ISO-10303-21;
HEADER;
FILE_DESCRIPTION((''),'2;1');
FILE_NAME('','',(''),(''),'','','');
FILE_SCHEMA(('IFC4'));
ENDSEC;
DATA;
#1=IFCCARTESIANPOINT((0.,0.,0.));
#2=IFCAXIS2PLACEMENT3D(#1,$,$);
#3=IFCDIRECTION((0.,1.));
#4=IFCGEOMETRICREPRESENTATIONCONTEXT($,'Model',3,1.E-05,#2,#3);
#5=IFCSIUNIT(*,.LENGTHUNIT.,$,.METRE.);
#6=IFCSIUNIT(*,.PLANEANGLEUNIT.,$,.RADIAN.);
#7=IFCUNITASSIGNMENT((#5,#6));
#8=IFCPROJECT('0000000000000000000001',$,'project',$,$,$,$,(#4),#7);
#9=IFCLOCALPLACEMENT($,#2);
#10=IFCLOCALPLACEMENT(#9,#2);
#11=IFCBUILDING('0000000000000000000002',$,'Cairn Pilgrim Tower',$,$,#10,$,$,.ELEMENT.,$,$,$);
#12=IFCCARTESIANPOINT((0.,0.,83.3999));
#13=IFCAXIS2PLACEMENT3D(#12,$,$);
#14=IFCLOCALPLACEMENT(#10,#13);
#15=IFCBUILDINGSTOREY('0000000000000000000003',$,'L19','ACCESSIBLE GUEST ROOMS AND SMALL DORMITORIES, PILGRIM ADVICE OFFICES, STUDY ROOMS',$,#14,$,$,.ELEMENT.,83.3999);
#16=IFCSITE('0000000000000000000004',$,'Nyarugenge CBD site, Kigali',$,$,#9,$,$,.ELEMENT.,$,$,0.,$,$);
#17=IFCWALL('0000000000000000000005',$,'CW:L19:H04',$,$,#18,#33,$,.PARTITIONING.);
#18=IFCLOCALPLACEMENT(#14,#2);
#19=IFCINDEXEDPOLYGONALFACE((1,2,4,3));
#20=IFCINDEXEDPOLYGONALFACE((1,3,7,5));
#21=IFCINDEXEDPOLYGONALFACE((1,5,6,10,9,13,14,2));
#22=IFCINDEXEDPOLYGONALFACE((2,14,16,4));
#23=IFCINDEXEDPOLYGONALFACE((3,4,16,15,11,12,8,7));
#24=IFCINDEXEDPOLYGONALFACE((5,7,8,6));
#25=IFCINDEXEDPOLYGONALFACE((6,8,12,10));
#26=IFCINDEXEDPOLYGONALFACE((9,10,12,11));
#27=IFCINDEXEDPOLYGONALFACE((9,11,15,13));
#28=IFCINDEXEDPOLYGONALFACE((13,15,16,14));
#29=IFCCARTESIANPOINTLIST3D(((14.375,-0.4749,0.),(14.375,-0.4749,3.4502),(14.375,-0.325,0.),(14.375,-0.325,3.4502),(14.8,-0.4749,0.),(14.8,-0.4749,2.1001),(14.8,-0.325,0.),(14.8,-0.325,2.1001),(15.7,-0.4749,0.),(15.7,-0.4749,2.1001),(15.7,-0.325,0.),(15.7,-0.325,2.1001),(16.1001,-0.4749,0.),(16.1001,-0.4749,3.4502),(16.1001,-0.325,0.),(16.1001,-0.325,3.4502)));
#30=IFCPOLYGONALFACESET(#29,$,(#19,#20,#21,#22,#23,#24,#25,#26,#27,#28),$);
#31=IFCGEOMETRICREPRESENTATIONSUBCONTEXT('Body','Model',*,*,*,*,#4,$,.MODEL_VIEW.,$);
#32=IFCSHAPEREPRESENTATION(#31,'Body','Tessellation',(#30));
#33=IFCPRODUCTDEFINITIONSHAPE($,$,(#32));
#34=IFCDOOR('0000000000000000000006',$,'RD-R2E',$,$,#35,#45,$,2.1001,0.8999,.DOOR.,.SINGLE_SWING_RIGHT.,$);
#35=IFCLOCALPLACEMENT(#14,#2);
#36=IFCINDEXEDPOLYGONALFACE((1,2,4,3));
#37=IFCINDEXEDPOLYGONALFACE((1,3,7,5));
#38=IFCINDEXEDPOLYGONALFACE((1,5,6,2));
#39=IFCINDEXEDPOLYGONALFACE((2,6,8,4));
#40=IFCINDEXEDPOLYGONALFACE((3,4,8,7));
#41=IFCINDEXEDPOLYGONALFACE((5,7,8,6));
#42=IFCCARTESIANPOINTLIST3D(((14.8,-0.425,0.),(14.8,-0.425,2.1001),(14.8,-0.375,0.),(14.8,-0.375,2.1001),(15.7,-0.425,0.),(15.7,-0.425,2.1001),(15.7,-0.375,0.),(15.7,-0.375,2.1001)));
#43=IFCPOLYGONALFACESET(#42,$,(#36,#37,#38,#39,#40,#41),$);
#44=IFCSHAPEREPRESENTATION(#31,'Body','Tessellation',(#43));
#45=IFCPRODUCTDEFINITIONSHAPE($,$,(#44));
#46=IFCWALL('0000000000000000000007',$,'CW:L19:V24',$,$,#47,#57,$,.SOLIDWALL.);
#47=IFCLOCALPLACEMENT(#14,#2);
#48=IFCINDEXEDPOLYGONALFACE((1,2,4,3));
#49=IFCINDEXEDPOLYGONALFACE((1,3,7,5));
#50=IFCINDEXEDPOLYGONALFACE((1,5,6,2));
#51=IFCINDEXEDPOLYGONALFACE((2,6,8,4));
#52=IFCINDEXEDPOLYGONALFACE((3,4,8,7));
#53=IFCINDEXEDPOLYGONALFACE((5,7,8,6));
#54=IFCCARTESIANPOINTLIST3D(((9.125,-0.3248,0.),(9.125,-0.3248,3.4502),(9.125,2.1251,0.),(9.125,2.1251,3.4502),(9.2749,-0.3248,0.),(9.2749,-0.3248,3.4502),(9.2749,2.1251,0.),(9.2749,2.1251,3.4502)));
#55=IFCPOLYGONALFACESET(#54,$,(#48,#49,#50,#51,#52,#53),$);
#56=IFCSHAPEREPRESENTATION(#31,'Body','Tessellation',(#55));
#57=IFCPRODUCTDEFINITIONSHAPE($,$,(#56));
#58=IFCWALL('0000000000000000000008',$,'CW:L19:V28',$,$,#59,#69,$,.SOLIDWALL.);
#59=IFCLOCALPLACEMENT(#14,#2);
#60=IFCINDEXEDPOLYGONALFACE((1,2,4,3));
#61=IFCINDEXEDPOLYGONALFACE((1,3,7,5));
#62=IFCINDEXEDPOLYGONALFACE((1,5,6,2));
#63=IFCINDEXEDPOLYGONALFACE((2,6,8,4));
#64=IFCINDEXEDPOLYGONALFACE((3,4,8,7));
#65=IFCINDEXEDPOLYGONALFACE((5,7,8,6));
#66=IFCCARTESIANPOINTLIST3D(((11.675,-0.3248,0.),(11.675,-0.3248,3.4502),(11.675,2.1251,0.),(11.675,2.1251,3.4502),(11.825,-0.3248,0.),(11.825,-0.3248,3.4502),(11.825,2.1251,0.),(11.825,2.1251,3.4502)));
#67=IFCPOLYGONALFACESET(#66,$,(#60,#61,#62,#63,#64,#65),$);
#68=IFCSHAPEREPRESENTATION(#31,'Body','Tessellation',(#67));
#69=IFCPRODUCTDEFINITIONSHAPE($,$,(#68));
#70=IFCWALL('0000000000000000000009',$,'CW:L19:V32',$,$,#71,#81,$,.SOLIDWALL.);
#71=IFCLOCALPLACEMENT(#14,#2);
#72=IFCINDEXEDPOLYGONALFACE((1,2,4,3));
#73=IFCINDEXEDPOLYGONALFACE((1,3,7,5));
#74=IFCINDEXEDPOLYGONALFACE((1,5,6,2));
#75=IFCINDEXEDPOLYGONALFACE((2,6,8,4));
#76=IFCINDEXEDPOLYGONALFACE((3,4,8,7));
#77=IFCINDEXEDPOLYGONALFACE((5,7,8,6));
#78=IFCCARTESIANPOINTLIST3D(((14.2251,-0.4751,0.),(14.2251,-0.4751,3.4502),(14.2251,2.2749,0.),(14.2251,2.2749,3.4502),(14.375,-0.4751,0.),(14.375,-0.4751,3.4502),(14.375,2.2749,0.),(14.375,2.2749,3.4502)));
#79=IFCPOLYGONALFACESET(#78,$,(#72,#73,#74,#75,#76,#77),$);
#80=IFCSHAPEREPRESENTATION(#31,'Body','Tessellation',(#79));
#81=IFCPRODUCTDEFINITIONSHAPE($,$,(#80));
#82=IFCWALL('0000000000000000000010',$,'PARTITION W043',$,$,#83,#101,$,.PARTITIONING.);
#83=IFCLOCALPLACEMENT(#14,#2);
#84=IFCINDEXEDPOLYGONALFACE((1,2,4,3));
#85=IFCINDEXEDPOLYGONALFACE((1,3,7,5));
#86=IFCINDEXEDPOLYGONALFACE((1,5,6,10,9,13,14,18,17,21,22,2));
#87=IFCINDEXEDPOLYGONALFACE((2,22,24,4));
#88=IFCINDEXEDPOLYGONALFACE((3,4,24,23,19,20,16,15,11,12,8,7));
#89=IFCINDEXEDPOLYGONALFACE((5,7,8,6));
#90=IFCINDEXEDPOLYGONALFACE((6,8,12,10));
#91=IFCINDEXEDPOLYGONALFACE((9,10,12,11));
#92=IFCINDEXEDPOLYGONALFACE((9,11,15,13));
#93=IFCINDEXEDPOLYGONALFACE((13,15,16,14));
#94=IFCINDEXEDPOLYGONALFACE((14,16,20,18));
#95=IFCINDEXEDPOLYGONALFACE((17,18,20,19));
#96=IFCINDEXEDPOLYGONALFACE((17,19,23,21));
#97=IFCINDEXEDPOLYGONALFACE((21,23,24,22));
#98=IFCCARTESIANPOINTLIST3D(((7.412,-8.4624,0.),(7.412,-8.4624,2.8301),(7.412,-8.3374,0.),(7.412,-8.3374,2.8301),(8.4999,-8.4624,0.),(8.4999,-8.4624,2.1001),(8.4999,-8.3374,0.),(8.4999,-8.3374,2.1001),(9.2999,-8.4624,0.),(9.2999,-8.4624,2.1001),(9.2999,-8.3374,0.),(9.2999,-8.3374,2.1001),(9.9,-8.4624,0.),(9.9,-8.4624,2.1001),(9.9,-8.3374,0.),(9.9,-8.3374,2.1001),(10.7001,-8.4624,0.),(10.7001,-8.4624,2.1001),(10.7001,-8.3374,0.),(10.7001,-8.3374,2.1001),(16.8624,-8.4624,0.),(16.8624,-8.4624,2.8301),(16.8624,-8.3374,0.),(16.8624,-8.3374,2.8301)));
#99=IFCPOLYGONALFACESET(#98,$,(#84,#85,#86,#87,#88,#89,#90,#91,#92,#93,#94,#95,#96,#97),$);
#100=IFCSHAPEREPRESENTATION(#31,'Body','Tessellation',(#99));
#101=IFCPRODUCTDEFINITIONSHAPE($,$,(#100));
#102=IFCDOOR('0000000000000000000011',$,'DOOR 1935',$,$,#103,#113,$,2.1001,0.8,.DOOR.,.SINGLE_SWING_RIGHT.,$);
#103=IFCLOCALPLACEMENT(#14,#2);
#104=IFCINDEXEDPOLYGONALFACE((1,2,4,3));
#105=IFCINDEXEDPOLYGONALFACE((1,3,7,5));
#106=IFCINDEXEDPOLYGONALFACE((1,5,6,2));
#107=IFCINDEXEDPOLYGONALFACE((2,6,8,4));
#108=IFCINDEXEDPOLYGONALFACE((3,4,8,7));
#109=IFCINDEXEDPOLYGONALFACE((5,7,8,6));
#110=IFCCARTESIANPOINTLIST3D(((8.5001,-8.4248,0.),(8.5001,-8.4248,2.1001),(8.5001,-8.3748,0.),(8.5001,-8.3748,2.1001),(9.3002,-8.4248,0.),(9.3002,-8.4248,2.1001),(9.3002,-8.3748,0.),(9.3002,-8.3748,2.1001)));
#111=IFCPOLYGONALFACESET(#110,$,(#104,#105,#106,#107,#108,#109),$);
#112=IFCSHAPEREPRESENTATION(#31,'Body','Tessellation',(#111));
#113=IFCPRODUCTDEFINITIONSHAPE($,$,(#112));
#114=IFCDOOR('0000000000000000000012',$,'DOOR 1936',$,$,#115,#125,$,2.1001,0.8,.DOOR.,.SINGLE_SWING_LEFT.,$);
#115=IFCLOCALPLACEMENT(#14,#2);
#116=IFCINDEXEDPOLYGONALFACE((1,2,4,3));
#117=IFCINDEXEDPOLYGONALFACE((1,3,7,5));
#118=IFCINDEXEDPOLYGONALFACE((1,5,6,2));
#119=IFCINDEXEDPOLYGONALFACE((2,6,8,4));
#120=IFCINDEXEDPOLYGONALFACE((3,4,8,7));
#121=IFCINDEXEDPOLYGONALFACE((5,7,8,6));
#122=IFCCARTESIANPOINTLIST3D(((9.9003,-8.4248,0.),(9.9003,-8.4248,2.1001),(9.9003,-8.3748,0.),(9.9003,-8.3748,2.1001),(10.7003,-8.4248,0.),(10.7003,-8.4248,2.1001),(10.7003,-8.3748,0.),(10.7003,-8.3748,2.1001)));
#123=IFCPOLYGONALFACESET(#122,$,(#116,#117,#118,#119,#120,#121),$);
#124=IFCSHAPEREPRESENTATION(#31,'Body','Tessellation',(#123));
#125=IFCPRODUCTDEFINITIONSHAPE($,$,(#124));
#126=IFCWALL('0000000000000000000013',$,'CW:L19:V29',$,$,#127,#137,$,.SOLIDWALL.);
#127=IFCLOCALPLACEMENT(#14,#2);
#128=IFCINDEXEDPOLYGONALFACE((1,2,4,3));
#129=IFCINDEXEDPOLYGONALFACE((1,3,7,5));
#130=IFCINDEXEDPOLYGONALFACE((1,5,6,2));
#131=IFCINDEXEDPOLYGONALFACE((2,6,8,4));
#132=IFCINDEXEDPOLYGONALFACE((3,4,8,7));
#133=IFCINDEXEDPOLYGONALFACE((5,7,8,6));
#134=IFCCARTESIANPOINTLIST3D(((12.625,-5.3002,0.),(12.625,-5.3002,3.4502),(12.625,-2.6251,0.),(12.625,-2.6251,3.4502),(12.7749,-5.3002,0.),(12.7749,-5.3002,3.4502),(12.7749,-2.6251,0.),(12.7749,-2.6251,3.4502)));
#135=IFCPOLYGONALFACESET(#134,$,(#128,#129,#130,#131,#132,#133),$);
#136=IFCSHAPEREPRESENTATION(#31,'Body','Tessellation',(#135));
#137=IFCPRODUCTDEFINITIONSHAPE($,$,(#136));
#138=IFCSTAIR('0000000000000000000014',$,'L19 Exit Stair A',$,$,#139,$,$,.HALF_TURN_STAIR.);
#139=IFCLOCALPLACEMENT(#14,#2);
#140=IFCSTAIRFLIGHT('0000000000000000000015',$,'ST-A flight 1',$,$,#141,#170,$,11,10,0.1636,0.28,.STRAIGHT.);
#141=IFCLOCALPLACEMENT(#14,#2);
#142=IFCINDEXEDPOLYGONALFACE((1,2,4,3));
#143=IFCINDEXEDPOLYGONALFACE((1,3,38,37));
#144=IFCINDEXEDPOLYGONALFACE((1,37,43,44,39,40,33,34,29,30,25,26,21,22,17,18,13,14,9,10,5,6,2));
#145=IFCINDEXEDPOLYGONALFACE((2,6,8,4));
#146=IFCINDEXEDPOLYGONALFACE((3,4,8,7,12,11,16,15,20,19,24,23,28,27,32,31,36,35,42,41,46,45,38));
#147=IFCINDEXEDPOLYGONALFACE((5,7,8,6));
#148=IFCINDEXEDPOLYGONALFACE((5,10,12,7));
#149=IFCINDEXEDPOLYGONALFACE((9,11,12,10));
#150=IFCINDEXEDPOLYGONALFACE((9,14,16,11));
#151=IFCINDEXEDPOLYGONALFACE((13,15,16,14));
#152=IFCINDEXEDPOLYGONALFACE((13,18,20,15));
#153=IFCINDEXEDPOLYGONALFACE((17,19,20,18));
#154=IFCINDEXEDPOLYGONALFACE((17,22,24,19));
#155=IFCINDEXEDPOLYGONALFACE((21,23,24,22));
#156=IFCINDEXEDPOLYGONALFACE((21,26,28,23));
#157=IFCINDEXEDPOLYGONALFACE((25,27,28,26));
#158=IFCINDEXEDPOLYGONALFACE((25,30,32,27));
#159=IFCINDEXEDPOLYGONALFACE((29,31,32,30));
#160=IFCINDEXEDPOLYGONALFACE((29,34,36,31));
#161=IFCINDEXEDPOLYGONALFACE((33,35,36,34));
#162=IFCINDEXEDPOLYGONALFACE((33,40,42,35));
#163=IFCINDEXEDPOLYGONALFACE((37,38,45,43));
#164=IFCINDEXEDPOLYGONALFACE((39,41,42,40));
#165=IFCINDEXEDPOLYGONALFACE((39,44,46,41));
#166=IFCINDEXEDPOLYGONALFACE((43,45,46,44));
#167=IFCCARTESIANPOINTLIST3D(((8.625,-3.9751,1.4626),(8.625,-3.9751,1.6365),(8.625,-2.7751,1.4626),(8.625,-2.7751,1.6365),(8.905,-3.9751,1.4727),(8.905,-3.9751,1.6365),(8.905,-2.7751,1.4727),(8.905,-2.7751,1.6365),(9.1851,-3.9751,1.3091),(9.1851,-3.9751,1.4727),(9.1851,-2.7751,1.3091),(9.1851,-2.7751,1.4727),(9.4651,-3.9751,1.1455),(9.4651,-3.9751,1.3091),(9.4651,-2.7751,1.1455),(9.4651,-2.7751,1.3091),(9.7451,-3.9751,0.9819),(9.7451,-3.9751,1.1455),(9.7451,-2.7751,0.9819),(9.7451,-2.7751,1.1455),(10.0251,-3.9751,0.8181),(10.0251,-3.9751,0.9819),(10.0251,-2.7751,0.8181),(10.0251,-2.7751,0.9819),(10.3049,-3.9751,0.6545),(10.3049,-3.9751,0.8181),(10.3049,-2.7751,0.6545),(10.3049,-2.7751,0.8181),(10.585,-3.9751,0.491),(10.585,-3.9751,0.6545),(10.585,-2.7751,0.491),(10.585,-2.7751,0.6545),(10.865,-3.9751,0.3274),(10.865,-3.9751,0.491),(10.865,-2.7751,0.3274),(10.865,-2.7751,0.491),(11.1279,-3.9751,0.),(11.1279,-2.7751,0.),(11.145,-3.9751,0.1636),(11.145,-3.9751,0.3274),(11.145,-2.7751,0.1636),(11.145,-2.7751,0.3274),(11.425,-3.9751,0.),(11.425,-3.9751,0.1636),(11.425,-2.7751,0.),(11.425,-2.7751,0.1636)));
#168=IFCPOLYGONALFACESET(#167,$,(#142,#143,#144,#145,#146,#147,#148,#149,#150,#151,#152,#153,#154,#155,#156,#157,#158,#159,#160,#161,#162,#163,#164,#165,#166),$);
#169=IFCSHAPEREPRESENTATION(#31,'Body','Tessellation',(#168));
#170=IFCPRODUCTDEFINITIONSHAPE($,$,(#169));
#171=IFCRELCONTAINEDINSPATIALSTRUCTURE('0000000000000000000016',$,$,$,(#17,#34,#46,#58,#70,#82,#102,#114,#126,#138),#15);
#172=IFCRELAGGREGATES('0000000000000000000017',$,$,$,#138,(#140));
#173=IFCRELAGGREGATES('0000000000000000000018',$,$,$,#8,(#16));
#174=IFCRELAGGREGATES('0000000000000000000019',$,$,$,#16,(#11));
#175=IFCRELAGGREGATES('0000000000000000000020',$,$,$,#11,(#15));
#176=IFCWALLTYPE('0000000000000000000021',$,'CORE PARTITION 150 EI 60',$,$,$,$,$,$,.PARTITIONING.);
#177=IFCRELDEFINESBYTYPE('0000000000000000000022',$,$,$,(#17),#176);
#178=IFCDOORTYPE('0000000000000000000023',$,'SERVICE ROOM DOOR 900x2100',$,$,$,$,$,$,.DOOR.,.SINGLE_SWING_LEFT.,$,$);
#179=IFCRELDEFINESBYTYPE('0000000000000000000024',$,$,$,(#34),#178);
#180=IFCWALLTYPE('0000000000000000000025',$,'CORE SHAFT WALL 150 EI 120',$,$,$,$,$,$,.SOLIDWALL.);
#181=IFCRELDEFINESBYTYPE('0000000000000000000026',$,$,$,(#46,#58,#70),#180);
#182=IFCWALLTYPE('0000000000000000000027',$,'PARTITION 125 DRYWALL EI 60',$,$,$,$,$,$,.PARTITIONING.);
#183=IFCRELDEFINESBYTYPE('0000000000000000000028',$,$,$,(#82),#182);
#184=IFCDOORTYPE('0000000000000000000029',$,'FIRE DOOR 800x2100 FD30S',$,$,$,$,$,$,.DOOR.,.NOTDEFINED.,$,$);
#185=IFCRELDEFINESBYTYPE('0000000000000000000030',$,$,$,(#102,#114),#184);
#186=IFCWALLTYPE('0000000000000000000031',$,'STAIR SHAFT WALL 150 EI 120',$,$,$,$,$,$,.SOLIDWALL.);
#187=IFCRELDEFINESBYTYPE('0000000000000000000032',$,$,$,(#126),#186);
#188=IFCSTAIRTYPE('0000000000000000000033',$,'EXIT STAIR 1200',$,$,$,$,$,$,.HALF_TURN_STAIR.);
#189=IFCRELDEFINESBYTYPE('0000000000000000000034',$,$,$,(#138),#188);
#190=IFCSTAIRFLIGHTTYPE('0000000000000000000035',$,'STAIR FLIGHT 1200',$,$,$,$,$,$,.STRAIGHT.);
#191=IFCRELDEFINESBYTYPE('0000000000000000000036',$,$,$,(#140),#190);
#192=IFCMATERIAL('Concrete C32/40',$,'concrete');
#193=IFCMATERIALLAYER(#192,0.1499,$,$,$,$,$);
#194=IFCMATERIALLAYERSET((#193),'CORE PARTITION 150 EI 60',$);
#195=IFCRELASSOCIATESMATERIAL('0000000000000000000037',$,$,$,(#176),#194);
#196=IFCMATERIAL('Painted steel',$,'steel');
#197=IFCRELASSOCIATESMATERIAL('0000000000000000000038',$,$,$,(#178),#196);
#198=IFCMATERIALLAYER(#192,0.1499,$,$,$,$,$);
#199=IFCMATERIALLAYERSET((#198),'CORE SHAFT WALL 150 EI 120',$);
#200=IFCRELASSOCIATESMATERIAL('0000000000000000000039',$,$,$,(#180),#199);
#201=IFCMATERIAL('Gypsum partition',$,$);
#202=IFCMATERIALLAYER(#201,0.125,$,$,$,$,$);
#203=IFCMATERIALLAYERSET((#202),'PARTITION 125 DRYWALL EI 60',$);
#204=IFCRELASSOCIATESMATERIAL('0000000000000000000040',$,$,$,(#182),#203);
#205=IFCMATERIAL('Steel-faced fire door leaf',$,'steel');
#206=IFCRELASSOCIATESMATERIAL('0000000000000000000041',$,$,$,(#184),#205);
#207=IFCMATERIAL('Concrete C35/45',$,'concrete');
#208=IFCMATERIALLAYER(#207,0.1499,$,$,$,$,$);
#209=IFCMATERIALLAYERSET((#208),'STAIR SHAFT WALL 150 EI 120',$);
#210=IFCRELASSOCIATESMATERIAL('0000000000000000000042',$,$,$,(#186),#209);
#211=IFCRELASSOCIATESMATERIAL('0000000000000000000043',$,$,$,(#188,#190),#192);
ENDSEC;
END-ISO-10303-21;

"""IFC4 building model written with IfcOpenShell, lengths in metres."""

from ifc_helpers import new_model, si_unit, direction, frame, frame_2d, origin, place, context, subcontext, project, spatial, polyline, rectangle, outline, extrude, material, layer, layer_set, type_object, element, fill, aggregate, save


model = new_model("IFC4")

# Units and contexts
model_context = context("Model", 3, precision=1e-05, world=origin(), true_north=direction((0.0, 1.0)))
body_context = subcontext(model_context, "Body", "Model", "MODEL_VIEW")
ifc_project = project(units=[si_unit("LENGTHUNIT", "METRE"), si_unit("PLANEANGLEUNIT", "RADIAN")], contexts=[model_context])

# Site, building, storey
site_placement = place(None, origin())
site = spatial("IfcSite", under=ifc_project, at=site_placement, Name="Nyarugenge CBD site, Kigali", CompositionType="ELEMENT", RefElevation=0.0)
building_placement = place(site_placement, origin())
building = spatial("IfcBuilding", under=site, at=building_placement, Name="Cairn Pilgrim Tower", CompositionType="ELEMENT")
storey_placement = place(building_placement, frame((0.0, 0.0, 83.3999)))
storey = spatial("IfcBuildingStorey", under=building, at=storey_placement, Name="L19", Description="ACCESSIBLE GUEST ROOMS AND SMALL DORMITORIES, PILGRIM ADVICE OFFICES, STUDY ROOMS", CompositionType="ELEMENT", Elevation=83.3999)

# Shared definitions
ifc_material_1 = material(Name="Concrete C32/40", Category="concrete")

# Shared definitions
ifc_material_2 = material(Name="Painted steel", Category="steel")

# Wall, opening, door
ifc_layer_1 = layer(ifc_material_1, 0.1499)
ifc_layer_set_1 = layer_set([ifc_layer_1], Name="CORE PARTITION 150 EI 60")
wall_type_1 = type_object("IfcWallType", Name="CORE PARTITION 150 EI 60", PredefinedType="PARTITIONING", material=ifc_layer_set_1)
wall_1_placement = place(storey_placement, frame((14.375, -0.3999, 0.0), z_axis=(0.0, 0.0, 1.0), x_axis=(1.0, 0.0, 0.0)))
wall_1 = element("IfcWall", 1, at=wall_1_placement, inside=storey, type_object=wall_type_1, Name="CW:L19:H04", PredefinedType="PARTITIONING", context=body_context, shape_type="SweptSolid", body=[
    extrude(rectangle(XDim=1.7251, YDim=0.1499, at=frame_2d((0.8625, 0.0))), origin(), (0.0, 0.0, 1.0), 3.4502),
])
opening_1_placement = place(wall_1_placement, frame((0.425, 0.0, 0.0)))
opening_1 = element("IfcOpeningElement", 2, at=opening_1_placement, cuts=wall_1, PredefinedType="OPENING", context=body_context, shape_type="SweptSolid", body=[
    extrude(rectangle(XDim=0.8999, YDim=2.1001, at=frame_2d((0.45, 1.05))), frame((0.0, 0.085, 0.0), z_axis=(0.0, -1.0, 0.0), x_axis=(1.0, 0.0, 0.0)), (0.0, 0.0, 1.0), 0.1699),
])
door_type_1 = type_object("IfcDoorType", Name="SERVICE ROOM DOOR 900x2100", OperationType="SINGLE_SWING_LEFT", PredefinedType="DOOR", material=ifc_material_2)
door_1_placement = place(opening_1_placement, origin())
door_1 = element("IfcDoor", 3, at=door_1_placement, inside=storey, type_object=door_type_1, Name="RD-R2E", OperationType="SINGLE_SWING_RIGHT", OverallHeight=2.1001, OverallWidth=0.8999, PredefinedType="DOOR", context=body_context, shape_type="SweptSolid", body=[
    extrude(rectangle(XDim=0.8999, YDim=2.1001, at=frame_2d((0.45, 1.05))), frame((0.0, 0.0249, 0.0), z_axis=(0.0, -1.0, 0.0), x_axis=(1.0, 0.0, 0.0)), (0.0, 0.0, 1.0), 0.05),
])
fill(opening_1, door_1)

# Walls
ifc_layer_2 = layer(ifc_material_1, 0.1499)
ifc_layer_set_2 = layer_set([ifc_layer_2], Name="CORE SHAFT WALL 150 EI 120")
wall_type_2 = type_object("IfcWallType", Name="CORE SHAFT WALL 150 EI 120", PredefinedType="SOLIDWALL", material=ifc_layer_set_2)
for number, where, z_axis, x_axis, name in (
    (4, (9.2, -0.325, 0.0), (0.0, 0.0, 1.0), (0.0, 1.0, 0.0), "CW:L19:V24"),
    (5, (11.75, -0.325, 0.0), (0.0, 0.0, 1.0), (0.0, 1.0, 0.0), "CW:L19:V28"),
):
    element("IfcWall", number, at=place(storey_placement, frame(where, z_axis=z_axis, x_axis=x_axis)), inside=storey, type_object=wall_type_2, Name=name, PredefinedType="SOLIDWALL", context=body_context, shape_type="SweptSolid", body=[
        extrude(rectangle(XDim=2.45, YDim=0.1499, at=frame_2d((1.2251, 0.0))), origin(), (0.0, 0.0, 1.0), 3.4502),
    ])
wall_2_placement = place(storey_placement, frame((14.3, -0.4751, 0.0), z_axis=(0.0, 0.0, 1.0), x_axis=(0.0, 1.0, 0.0)))
element("IfcWall", 6, at=wall_2_placement, inside=storey, type_object=wall_type_2, Name="CW:L19:V32", PredefinedType="SOLIDWALL", context=body_context, shape_type="SweptSolid", body=[
    extrude(rectangle(XDim=2.75, YDim=0.1499, at=frame_2d((1.375, 0.0))), origin(), (0.0, 0.0, 1.0), 3.4502),
])

# Wall, openings, doors
ifc_material_3 = material(Name="Gypsum partition")
ifc_layer_3 = layer(ifc_material_3, 0.125)
ifc_layer_set_3 = layer_set([ifc_layer_3], Name="PARTITION 125 DRYWALL EI 60")
wall_type_3 = type_object("IfcWallType", Name="PARTITION 125 DRYWALL EI 60", PredefinedType="PARTITIONING", material=ifc_layer_set_3)
wall_3_placement = place(storey_placement, frame((7.4121, -8.3999, 0.0), z_axis=(0.0, 0.0, 1.0), x_axis=(1.0, 0.0, 0.0)))
wall_3 = element("IfcWall", 7, at=wall_3_placement, inside=storey, type_object=wall_type_3, Name="PARTITION W043", PredefinedType="PARTITIONING", context=body_context, shape_type="SweptSolid", body=[
    extrude(rectangle(XDim=9.4504, YDim=0.125, at=frame_2d((4.7251, 0.0))), origin(), (0.0, 0.0, 1.0), 2.8301),
])
opening_2_placement = place(wall_3_placement, frame((1.0879, 0.0, 0.0)))
opening_2 = element("IfcOpeningElement", 8, at=opening_2_placement, cuts=wall_3, PredefinedType="OPENING", context=body_context, shape_type="SweptSolid", body=[
    extrude(rectangle(XDim=0.8, YDim=2.1001, at=frame_2d((0.3999, 1.05))), frame((0.0, 0.0725, 0.0), z_axis=(0.0, -1.0, 0.0), x_axis=(1.0, 0.0, 0.0)), (0.0, 0.0, 1.0), 0.145),
])
opening_3_placement = place(wall_3_placement, frame((2.488, 0.0, 0.0)))
opening_3 = element("IfcOpeningElement", 9, at=opening_3_placement, cuts=wall_3, PredefinedType="OPENING", context=body_context, shape_type="SweptSolid", body=[
    extrude(rectangle(XDim=0.8, YDim=2.1001, at=frame_2d((0.3999, 1.05))), frame((0.0, 0.0725, 0.0), z_axis=(0.0, -1.0, 0.0), x_axis=(1.0, 0.0, 0.0)), (0.0, 0.0, 1.0), 0.145),
])
ifc_material_4 = material(Name="Steel-faced fire door leaf", Category="steel")
door_type_2 = type_object("IfcDoorType", Name="FIRE DOOR 800x2100 FD30S", OperationType="NOTDEFINED", PredefinedType="DOOR", material=ifc_material_4)
door_2_placement = place(opening_2_placement, frame((0.8, 0.0, 0.0), z_axis=(0.0, 0.0, 1.0), x_axis=(-1.0, 0.0, 0.0)))
door_2 = element("IfcDoor", 10, at=door_2_placement, inside=storey, type_object=door_type_2, Name="DOOR 1935", OperationType="SINGLE_SWING_RIGHT", OverallHeight=2.1001, OverallWidth=0.8, PredefinedType="DOOR", context=body_context, shape_type="SweptSolid", body=[
    extrude(rectangle(XDim=0.8, YDim=2.1001, at=frame_2d((0.3999, 1.05))), frame((0.0, 0.0249, 0.0), z_axis=(0.0, -1.0, 0.0), x_axis=(1.0, 0.0, 0.0)), (0.0, 0.0, 1.0), 0.05),
])
fill(opening_2, door_2)
door_3_placement = place(opening_3_placement, frame((0.8, 0.0, 0.0), z_axis=(0.0, 0.0, 1.0), x_axis=(-1.0, 0.0, 0.0)))
door_3 = element("IfcDoor", 11, at=door_3_placement, inside=storey, type_object=door_type_2, Name="DOOR 1936", OperationType="SINGLE_SWING_LEFT", OverallHeight=2.1001, OverallWidth=0.8, PredefinedType="DOOR", context=body_context, shape_type="SweptSolid", body=[
    extrude(rectangle(XDim=0.8, YDim=2.1001, at=frame_2d((0.3999, 1.05))), frame((0.0, 0.0249, 0.0), z_axis=(0.0, -1.0, 0.0), x_axis=(1.0, 0.0, 0.0)), (0.0, 0.0, 1.0), 0.05),
])
fill(opening_3, door_3)

# Wall
ifc_material_5 = material(Name="Concrete C35/45", Category="concrete")
ifc_layer_4 = layer(ifc_material_5, 0.1499)
ifc_layer_set_4 = layer_set([ifc_layer_4], Name="STAIR SHAFT WALL 150 EI 120")
wall_type_4 = type_object("IfcWallType", Name="STAIR SHAFT WALL 150 EI 120", PredefinedType="SOLIDWALL", material=ifc_layer_set_4)
wall_4_placement = place(storey_placement, frame((12.7, -5.3, 0.0), z_axis=(0.0, 0.0, 1.0), x_axis=(0.0, 1.0, 0.0)))
element("IfcWall", 12, at=wall_4_placement, inside=storey, type_object=wall_type_4, Name="CW:L19:V29", PredefinedType="SOLIDWALL", context=body_context, shape_type="SweptSolid", body=[
    extrude(rectangle(XDim=2.675, YDim=0.1499, at=frame_2d((1.3374, 0.0))), origin(), (0.0, 0.0, 1.0), 3.4502),
])

# Stair, stair flight
stair_type = type_object("IfcStairType", Name="EXIT STAIR 1200", PredefinedType="HALF_TURN_STAIR", material=ifc_material_1)
stair_placement = place(storey_placement, origin())
stair = element("IfcStair", 13, at=stair_placement, inside=storey, type_object=stair_type, Name="L19 Exit Stair A", PredefinedType="HALF_TURN_STAIR")
stair_flight_type = type_object("IfcStairFlightType", Name="STAIR FLIGHT 1200", PredefinedType="STRAIGHT", material=ifc_material_1)
stair_flight_1_placement = place(storey_placement, frame((11.425, -3.375, 0.0), z_axis=(0.0, 0.0, 1.0), x_axis=(-1.0, 0.0, 0.0)))
stair_flight_1 = element("IfcStairFlight", 14, at=stair_flight_1_placement, type_object=stair_flight_type, Name="ST-A flight 1", NumberOfRisers=11, NumberOfTreads=10, PredefinedType="STRAIGHT", RiserHeight=0.1636, TreadLength=0.28, context=body_context, shape_type="SweptSolid", body=[
    extrude(outline(polyline([(0.0, 0.0), (0.0, 0.1636), (0.28, 0.1636), (0.28, 0.3274), (0.5601, 0.3274), (0.5601, 0.491), (0.8401, 0.491), (0.8401, 0.6545), (1.1201, 0.6545), (1.1201, 0.8181), (1.3999, 0.8181), (1.3999, 0.9819), (1.6799, 0.9819), (1.6799, 1.1455), (1.96, 1.1455), (1.96, 1.3091), (2.24, 1.3091), (2.24, 1.4727), (2.52, 1.4727), (2.52, 1.6365), (2.8, 1.6365), (2.8, 1.8), (2.8, 1.4626), (0.2971, 0.0), (0.0, 0.0)])), frame((0.0, 0.6001, 0.0), z_axis=(0.0, -1.0, 0.0), x_axis=(1.0, 0.0, 0.0)), (0.0, 0.0, 1.0), 1.2),
])
aggregate(stair, [stair_flight_1])

save(model, "model.ifc")
